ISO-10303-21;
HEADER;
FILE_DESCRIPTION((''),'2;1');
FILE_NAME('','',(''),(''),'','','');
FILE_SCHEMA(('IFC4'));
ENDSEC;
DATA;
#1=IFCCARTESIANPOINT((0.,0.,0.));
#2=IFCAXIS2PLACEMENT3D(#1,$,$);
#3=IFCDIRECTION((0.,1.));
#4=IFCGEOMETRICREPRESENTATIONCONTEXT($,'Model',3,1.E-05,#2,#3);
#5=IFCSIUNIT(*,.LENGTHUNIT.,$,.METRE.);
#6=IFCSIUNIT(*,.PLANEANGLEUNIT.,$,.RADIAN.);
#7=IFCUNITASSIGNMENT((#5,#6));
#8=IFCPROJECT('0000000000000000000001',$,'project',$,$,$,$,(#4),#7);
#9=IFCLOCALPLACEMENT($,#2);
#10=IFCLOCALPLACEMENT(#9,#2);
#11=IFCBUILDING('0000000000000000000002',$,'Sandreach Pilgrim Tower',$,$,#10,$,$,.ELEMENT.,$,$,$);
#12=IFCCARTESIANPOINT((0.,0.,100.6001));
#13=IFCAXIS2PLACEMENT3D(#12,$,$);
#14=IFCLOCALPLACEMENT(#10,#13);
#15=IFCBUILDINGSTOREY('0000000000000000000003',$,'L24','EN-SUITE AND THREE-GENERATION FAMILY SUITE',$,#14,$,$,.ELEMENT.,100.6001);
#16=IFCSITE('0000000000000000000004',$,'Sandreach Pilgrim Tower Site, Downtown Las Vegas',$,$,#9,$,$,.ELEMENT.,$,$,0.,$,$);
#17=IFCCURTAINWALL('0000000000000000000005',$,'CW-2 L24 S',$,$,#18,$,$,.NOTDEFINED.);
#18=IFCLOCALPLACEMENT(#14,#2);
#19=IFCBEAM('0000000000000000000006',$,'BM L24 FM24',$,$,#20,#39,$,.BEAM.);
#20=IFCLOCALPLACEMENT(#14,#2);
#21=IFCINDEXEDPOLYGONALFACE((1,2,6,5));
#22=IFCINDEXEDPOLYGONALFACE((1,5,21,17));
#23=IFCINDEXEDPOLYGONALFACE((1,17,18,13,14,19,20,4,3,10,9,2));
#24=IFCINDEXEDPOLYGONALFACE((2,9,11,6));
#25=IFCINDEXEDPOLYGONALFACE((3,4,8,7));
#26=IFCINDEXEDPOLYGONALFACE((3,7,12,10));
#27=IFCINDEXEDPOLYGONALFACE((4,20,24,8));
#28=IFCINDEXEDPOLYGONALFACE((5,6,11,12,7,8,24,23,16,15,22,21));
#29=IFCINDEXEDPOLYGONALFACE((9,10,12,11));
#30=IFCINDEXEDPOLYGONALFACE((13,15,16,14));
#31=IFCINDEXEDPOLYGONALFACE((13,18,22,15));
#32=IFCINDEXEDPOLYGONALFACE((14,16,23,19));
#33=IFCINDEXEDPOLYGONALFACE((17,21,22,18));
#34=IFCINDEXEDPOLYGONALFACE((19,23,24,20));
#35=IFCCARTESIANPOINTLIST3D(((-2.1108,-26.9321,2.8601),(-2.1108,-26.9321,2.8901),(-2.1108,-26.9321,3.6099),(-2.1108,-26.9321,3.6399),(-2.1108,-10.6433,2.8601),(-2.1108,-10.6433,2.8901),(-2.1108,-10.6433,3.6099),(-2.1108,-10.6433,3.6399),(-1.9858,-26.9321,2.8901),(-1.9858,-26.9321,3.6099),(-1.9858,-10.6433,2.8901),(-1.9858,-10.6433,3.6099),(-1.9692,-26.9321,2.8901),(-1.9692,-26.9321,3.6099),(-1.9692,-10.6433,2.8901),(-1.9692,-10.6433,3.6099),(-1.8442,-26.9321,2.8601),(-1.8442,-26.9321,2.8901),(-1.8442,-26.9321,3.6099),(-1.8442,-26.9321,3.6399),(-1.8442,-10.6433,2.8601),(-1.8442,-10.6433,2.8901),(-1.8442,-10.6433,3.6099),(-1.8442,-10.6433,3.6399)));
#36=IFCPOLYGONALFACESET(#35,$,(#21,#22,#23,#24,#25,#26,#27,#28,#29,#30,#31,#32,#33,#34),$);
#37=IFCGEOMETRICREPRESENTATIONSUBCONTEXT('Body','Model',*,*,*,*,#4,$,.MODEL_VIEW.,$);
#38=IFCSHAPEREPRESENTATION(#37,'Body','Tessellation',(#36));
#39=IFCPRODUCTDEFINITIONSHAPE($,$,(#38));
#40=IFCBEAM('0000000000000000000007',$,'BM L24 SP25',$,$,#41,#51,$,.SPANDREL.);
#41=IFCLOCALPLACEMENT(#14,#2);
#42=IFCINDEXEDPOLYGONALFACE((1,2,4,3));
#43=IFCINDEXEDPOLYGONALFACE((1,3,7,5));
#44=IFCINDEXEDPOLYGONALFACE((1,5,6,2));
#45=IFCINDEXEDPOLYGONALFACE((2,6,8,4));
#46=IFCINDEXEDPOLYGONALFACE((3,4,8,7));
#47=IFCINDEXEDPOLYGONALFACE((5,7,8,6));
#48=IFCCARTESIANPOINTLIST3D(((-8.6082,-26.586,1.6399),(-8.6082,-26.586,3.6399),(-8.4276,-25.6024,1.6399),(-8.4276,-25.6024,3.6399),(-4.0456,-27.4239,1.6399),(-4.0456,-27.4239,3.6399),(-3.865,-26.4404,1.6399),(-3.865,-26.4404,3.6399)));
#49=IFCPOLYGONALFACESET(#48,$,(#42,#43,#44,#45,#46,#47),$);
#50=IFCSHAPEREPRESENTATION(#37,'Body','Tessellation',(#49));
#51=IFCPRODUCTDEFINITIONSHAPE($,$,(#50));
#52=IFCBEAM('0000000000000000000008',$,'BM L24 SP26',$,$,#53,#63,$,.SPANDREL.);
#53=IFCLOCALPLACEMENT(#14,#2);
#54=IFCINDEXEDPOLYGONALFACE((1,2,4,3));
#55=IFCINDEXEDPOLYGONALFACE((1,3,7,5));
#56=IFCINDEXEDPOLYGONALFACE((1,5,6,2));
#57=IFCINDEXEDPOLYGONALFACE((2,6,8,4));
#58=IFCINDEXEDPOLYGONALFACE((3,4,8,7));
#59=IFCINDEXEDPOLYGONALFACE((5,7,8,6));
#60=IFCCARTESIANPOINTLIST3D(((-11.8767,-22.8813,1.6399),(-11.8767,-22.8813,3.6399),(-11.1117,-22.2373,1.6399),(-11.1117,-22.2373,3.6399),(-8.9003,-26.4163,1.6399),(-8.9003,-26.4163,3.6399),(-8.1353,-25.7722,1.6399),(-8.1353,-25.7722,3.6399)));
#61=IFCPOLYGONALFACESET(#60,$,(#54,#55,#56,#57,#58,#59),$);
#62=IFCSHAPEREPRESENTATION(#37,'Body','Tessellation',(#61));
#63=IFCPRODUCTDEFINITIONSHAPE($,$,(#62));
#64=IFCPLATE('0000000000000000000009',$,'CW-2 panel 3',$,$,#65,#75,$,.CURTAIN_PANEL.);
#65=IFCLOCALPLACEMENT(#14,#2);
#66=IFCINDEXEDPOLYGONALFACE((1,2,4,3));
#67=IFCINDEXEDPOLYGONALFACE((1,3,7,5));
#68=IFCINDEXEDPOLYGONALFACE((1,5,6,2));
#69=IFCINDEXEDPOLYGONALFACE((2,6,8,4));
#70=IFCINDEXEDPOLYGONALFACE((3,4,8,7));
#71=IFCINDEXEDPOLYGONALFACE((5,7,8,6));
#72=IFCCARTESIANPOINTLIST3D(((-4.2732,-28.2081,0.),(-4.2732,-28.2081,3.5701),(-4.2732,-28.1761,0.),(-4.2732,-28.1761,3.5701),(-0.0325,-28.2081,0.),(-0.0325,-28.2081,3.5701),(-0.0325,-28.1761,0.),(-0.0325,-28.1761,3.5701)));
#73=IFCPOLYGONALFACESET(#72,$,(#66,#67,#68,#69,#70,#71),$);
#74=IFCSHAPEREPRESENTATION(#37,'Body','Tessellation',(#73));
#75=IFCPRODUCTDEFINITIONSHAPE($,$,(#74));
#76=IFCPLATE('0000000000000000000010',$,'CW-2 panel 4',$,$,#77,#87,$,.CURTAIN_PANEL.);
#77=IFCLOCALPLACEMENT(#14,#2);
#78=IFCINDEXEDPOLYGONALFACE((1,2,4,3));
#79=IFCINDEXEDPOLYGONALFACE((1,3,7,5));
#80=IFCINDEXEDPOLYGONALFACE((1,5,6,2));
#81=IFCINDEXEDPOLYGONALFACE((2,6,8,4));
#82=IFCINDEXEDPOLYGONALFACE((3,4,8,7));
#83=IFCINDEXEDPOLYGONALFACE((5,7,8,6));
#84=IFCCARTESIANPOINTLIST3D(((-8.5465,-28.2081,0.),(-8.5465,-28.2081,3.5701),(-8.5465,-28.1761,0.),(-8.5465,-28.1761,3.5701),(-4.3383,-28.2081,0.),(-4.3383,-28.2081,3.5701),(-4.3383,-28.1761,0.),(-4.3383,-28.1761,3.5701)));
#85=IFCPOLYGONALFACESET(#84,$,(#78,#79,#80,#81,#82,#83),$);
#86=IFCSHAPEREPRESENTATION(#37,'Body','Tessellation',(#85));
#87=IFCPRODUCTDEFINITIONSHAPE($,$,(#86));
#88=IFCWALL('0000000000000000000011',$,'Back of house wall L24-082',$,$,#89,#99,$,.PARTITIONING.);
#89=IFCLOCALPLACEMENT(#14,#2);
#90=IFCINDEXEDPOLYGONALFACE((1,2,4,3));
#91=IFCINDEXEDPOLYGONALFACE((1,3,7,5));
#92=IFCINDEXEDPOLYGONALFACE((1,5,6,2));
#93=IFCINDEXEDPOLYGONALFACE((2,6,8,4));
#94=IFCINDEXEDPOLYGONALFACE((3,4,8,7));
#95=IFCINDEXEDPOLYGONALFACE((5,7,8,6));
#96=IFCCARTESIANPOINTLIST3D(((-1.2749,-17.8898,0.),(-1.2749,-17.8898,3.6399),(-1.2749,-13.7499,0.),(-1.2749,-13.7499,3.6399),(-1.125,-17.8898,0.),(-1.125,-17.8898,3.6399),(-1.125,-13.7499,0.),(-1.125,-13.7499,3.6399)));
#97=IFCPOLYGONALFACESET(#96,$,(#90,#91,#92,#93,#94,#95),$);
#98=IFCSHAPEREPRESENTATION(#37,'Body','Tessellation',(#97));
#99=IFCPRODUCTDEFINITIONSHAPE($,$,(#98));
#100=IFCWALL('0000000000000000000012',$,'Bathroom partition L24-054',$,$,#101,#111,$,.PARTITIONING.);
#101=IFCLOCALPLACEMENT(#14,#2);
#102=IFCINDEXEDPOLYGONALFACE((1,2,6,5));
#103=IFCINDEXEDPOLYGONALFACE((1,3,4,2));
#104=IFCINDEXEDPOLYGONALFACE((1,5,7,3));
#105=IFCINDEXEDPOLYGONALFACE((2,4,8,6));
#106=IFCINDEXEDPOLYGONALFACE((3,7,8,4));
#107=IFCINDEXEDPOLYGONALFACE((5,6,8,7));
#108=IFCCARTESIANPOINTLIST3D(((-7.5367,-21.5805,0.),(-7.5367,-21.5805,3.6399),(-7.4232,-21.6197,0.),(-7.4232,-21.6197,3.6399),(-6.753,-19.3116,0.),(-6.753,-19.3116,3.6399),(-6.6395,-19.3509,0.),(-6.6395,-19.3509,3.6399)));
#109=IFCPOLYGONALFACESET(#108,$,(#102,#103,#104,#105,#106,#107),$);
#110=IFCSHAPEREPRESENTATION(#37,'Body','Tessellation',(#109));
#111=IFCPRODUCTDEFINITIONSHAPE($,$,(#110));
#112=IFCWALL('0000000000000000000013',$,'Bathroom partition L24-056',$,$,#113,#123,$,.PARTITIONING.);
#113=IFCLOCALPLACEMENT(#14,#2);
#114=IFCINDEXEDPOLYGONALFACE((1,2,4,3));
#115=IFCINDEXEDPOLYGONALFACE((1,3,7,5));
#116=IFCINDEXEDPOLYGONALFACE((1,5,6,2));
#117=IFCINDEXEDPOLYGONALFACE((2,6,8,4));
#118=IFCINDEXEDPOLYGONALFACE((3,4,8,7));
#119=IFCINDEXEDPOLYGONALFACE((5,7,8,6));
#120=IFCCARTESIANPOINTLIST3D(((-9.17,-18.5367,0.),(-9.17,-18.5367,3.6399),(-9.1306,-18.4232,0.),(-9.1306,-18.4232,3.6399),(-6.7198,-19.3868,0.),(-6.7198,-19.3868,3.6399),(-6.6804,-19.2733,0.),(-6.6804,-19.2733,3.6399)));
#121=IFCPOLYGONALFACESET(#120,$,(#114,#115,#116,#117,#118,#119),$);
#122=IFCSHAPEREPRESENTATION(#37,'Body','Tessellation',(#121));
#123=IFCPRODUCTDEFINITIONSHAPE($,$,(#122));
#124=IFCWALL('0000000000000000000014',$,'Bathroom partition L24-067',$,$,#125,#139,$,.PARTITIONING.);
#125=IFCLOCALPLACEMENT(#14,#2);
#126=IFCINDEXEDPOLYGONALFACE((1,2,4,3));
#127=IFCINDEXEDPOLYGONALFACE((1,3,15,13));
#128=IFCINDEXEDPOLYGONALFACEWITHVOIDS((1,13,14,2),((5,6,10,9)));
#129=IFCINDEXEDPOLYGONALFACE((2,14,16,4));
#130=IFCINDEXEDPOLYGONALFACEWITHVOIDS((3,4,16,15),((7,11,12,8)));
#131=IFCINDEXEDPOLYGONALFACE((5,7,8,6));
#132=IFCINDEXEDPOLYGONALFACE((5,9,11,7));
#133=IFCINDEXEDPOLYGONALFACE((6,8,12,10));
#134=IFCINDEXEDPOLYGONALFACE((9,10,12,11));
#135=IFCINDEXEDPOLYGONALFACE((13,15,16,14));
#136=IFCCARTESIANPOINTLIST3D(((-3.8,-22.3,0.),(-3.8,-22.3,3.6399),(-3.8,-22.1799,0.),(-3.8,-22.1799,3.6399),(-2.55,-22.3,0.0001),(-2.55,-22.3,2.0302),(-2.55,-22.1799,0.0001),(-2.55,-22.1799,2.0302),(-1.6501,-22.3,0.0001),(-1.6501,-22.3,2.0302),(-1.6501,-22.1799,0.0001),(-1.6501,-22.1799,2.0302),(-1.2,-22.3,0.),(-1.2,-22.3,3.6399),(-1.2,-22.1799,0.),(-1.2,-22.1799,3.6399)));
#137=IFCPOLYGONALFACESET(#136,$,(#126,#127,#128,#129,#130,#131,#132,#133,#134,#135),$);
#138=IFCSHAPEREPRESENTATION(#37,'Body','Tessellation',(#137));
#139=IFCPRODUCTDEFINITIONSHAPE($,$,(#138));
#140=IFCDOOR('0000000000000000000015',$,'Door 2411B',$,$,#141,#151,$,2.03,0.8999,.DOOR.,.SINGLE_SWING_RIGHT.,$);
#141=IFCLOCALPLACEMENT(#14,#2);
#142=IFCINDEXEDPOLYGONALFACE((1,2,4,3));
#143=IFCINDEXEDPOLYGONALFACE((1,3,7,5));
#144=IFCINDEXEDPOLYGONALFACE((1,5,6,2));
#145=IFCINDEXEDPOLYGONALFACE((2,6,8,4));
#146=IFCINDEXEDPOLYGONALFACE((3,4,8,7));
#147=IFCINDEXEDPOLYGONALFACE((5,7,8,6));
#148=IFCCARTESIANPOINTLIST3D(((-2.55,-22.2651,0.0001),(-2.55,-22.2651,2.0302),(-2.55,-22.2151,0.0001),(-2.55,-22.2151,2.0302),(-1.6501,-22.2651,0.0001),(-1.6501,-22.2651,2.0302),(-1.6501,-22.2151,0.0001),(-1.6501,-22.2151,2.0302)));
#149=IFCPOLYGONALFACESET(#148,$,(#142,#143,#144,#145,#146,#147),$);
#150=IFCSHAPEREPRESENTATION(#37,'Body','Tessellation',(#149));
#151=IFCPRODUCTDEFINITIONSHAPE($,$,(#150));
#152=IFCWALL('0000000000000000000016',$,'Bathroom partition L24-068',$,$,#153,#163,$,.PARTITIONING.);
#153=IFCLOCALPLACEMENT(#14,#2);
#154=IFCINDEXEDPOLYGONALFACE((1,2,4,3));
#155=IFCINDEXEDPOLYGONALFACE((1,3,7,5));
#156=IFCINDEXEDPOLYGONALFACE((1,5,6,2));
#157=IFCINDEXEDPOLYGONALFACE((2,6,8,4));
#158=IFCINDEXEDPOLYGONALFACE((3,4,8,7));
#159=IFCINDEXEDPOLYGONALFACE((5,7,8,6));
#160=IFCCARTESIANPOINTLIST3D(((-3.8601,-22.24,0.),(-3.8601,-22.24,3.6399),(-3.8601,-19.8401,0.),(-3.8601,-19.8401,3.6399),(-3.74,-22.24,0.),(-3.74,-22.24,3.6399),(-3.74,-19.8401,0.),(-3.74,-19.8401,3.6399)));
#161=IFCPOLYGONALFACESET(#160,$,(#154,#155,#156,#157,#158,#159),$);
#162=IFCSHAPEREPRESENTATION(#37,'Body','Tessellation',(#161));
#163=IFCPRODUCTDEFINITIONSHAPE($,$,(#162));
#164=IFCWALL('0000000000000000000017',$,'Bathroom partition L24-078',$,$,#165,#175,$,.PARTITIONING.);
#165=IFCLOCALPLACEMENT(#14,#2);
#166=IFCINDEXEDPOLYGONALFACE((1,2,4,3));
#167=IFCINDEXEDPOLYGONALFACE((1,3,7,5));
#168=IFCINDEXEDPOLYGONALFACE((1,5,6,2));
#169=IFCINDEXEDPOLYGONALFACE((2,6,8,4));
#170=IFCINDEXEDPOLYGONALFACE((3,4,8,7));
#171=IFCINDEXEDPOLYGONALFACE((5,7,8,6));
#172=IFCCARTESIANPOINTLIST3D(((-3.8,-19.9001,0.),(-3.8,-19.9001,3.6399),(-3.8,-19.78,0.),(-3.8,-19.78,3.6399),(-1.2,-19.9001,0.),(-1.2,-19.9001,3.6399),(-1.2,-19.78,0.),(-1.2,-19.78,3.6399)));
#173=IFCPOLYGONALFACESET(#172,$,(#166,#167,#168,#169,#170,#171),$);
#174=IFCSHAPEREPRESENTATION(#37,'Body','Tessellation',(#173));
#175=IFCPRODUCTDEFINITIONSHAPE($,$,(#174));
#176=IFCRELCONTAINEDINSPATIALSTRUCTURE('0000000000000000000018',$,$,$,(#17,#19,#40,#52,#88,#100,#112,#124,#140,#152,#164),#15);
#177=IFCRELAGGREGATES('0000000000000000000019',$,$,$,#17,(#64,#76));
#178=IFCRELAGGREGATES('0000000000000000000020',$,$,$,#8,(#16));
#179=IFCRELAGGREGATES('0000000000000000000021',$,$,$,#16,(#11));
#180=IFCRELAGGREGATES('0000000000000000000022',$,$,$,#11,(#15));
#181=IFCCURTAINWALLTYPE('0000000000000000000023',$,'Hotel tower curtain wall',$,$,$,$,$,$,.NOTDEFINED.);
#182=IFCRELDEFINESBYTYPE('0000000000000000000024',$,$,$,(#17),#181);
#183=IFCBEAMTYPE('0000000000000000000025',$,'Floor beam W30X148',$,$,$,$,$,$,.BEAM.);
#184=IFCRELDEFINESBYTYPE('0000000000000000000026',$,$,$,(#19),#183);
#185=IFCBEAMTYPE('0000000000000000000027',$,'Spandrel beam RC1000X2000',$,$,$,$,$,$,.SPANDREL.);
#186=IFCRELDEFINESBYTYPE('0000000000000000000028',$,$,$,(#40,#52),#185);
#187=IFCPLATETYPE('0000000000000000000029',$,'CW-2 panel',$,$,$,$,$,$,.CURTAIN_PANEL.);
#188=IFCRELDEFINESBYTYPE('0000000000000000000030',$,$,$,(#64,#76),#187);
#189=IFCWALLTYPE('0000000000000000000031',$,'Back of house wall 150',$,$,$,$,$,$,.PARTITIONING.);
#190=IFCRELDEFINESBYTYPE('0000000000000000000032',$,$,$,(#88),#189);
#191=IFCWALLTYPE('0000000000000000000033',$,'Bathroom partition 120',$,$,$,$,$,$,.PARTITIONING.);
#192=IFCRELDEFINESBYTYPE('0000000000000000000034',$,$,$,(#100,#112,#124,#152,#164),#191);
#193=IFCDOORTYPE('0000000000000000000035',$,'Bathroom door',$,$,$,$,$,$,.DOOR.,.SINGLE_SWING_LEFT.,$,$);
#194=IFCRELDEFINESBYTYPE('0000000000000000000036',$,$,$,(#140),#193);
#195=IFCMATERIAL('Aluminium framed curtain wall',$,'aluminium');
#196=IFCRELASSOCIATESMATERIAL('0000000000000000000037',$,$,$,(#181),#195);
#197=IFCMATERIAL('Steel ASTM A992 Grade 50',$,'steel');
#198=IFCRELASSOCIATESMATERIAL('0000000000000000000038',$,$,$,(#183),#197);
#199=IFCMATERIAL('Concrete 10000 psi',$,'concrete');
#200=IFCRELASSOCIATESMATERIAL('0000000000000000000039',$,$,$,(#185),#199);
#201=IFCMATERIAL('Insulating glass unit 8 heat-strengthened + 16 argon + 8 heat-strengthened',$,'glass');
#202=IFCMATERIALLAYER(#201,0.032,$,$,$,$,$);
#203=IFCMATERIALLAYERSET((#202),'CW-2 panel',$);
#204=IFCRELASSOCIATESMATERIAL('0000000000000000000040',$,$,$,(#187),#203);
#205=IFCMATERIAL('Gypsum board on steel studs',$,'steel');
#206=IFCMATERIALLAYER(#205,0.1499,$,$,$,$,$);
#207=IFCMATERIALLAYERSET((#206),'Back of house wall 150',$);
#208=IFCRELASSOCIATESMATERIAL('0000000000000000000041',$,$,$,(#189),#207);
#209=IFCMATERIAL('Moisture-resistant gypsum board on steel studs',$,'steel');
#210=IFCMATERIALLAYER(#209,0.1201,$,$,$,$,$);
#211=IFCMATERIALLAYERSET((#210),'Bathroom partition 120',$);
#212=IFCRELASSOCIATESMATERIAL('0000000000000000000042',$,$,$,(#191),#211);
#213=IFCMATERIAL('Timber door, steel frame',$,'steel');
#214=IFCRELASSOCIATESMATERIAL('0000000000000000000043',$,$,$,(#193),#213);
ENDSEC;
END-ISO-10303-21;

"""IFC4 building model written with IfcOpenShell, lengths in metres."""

from ifc_helpers import new_model, si_unit, direction, frame, frame_2d, origin, origin_2d, place, context, subcontext, project, spatial, rectangle, i_section, extrude, material, layer, layer_set, material_profile, profile_set, type_object, element, fill, aggregate, save


model = new_model("IFC4")

# Units and contexts
model_context = context("Model", 3, precision=1e-05, world=origin(), true_north=direction((0.0, 1.0)))
body_context = subcontext(model_context, "Body", "Model", "MODEL_VIEW")
ifc_project = project(units=[si_unit("LENGTHUNIT", "METRE"), si_unit("PLANEANGLEUNIT", "RADIAN")], contexts=[model_context])

# Site, building, storey
site_placement = place(None, origin())
site = spatial("IfcSite", under=ifc_project, at=site_placement, Name="Sandreach Pilgrim Tower Site, Downtown Las Vegas", CompositionType="ELEMENT", RefElevation=0.0)
building_placement = place(site_placement, origin())
building = spatial("IfcBuilding", under=site, at=building_placement, Name="Sandreach Pilgrim Tower", CompositionType="ELEMENT")
storey_placement = place(building_placement, frame((0.0, 0.0, 100.6001)))
storey = spatial("IfcBuildingStorey", under=building, at=storey_placement, Name="L24", Description="EN-SUITE AND THREE-GENERATION FAMILY SUITE", CompositionType="ELEMENT", Elevation=100.6001)

# Curtain wall
ifc_material_1 = material(Name="Aluminium framed curtain wall", Category="aluminium")
curtain_wall_type = type_object("IfcCurtainWallType", Name="Hotel tower curtain wall", PredefinedType="NOTDEFINED", material=ifc_material_1)
curtain_wall_placement = place(storey_placement, origin())
curtain_wall = element("IfcCurtainWall", 1, at=curtain_wall_placement, inside=storey, type_object=curtain_wall_type, Name="CW-2 L24 S", PredefinedType="NOTDEFINED")

# Beams
ifc_material_2 = material(Name="Steel ASTM A992 Grade 50", Category="steel")
ifc_material_profile_1 = material_profile(ifc_material_2, i_section(OverallWidth=0.2666, OverallDepth=0.7798, WebThickness=0.0166, FlangeThickness=0.03, at=origin_2d()), Name="W30X148")
ifc_profile_set_1 = profile_set([ifc_material_profile_1], Name="Steel ASTM A992 Grade 50")
beam_type_1 = type_object("IfcBeamType", Name="Floor beam W30X148", PredefinedType="BEAM", material=ifc_profile_set_1)
beam_1_placement = place(storey_placement, frame((-1.9775, -26.9321, 3.25), z_axis=(0.0, 1.0, 0.0), x_axis=(-1.0, 0.0, 0.0)))
element("IfcBeam", 2, at=beam_1_placement, inside=storey, type_object=beam_type_1, Name="BM L24 FM24", PredefinedType="BEAM", context=body_context, shape_type="SweptSolid", body=[
    extrude(i_section(OverallWidth=0.2666, OverallDepth=0.7798, WebThickness=0.0166, FlangeThickness=0.03, at=origin_2d()), origin(), (0.0, 0.0, 1.0), 16.2888),
])
ifc_material_3 = material(Name="Concrete 10000 psi", Category="concrete")
ifc_material_profile_2 = material_profile(ifc_material_3, rectangle(XDim=1.0, YDim=2.0, at=origin_2d()), Name="RC1000X2000")
ifc_profile_set_2 = profile_set([ifc_material_profile_2], Name="Concrete 10000 psi")
beam_type_2 = type_object("IfcBeamType", Name="Spandrel beam RC1000X2000", PredefinedType="SPANDREL", material=ifc_profile_set_2)
beam_2_placement = place(storey_placement, frame((-3.9553, -26.9321, 2.6399), z_axis=(-0.983552, 0.180627, 0.0), x_axis=(-0.180627, -0.983552, 0.0)))
element("IfcBeam", 3, at=beam_2_placement, inside=storey, type_object=beam_type_2, Name="BM L24 SP25", PredefinedType="SPANDREL", context=body_context, shape_type="SweptSolid", body=[
    extrude(rectangle(XDim=1.0, YDim=2.0, at=origin_2d()), origin(), (0.0, 0.0, 1.0), 4.6389),
])
beam_3_placement = place(storey_placement, frame((-8.5178, -26.0942, 2.6399), z_axis=(-0.644079, 0.764959, 0.0), x_axis=(-0.764959, -0.644079, 0.0)))
element("IfcBeam", 4, at=beam_3_placement, inside=storey, type_object=beam_type_2, Name="BM L24 SP26", PredefinedType="SPANDREL", context=body_context, shape_type="SweptSolid", body=[
    extrude(rectangle(XDim=1.0, YDim=2.0, at=origin_2d()), origin(), (0.0, 0.0, 1.0), 4.6211),
])

# Plates
ifc_material_4 = material(Name="Insulating glass unit 8 heat-strengthened + 16 argon + 8 heat-strengthened", Category="glass")
ifc_layer_1 = layer(ifc_material_4, 0.032)
ifc_layer_set_1 = layer_set([ifc_layer_1], Name="CW-2 panel")
plate_type = type_object("IfcPlateType", Name="CW-2 panel", PredefinedType="CURTAIN_PANEL", material=ifc_layer_set_1)
plate_1_placement = place(storey_placement, frame((-2.1528, -28.1921, 0.0), z_axis=(0.0, 0.0, 1.0), x_axis=(-1.0, 0.0, 0.0)))
plate_1 = element("IfcPlate", 5, at=plate_1_placement, type_object=plate_type, Name="CW-2 panel 3", PredefinedType="CURTAIN_PANEL", context=body_context, shape_type="SweptSolid", body=[
    extrude(rectangle(XDim=4.2407, YDim=0.032, at=origin_2d()), origin(), (0.0, 0.0, 1.0), 3.5701),
])
plate_2_placement = place(storey_placement, frame((-6.4424, -28.1921, 0.0), z_axis=(0.0, 0.0, 1.0), x_axis=(-1.0, 0.0, 0.0)))
plate_2 = element("IfcPlate", 6, at=plate_2_placement, type_object=plate_type, Name="CW-2 panel 4", PredefinedType="CURTAIN_PANEL", context=body_context, shape_type="SweptSolid", body=[
    extrude(rectangle(XDim=4.2083, YDim=0.032, at=origin_2d()), origin(), (0.0, 0.0, 1.0), 3.5701),
])
aggregate(curtain_wall, [plate_1, plate_2])

# Walls
ifc_material_5 = material(Name="Gypsum board on steel studs", Category="steel")
ifc_layer_2 = layer(ifc_material_5, 0.1499)
ifc_layer_set_2 = layer_set([ifc_layer_2], Name="Back of house wall 150")
wall_type_1 = type_object("IfcWallType", Name="Back of house wall 150", PredefinedType="PARTITIONING", material=ifc_layer_set_2)
wall_1_placement = place(storey_placement, frame((-1.2, -13.75, 0.0), z_axis=(0.0, 0.0, 1.0), x_axis=(0.0, -1.0, 0.0)))
element("IfcWall", 7, at=wall_1_placement, inside=storey, type_object=wall_type_1, Name="Back of house wall L24-082", PredefinedType="PARTITIONING", context=body_context, shape_type="SweptSolid", body=[
    extrude(rectangle(XDim=4.1399, YDim=0.1499, at=frame_2d((2.0698, 0.0))), origin(), (0.0, 0.0, 1.0), 3.6399),
])
ifc_material_6 = material(Name="Moisture-resistant gypsum board on steel studs", Category="steel")
ifc_layer_3 = layer(ifc_material_6, 0.1201)
ifc_layer_set_3 = layer_set([ifc_layer_3], Name="Bathroom partition 120")
wall_type_2 = type_object("IfcWallType", Name="Bathroom partition 120", PredefinedType="PARTITIONING", material=ifc_layer_set_3)
wall_2_placement = place(storey_placement, frame((-7.48, -21.6001, 0.0), z_axis=(0.0, 0.0, 1.0), x_axis=(0.326492, 0.9452, 0.0)))
element("IfcWall", 8, at=wall_2_placement, inside=storey, type_object=wall_type_2, Name="Bathroom partition L24-054", PredefinedType="PARTITIONING", context=body_context, shape_type="SweptSolid", body=[
    extrude(rectangle(XDim=2.4004, YDim=0.1201, at=frame_2d((1.2002, 0.0))), origin(), (0.0, 0.0, 1.0), 3.6399),
])
wall_3_placement = place(storey_placement, frame((-6.7, -19.3301, 0.0), z_axis=(0.0, 0.0, 1.0), x_axis=(-0.944753, 0.327783, 0.0)))
element("IfcWall", 9, at=wall_3_placement, inside=storey, type_object=wall_type_2, Name="Bathroom partition L24-056", PredefinedType="PARTITIONING", context=body_context, shape_type="SweptSolid", body=[
    extrude(rectangle(XDim=2.5935, YDim=0.1201, at=frame_2d((1.2969, 0.0))), origin(), (0.0, 0.0, 1.0), 3.6399),
])

# Wall, opening, door
wall_4_placement = place(storey_placement, frame((-3.8, -22.24, 0.0), z_axis=(0.0, 0.0, 1.0), x_axis=(1.0, 0.0, 0.0)))
wall_4 = element("IfcWall", 10, at=wall_4_placement, inside=storey, type_object=wall_type_2, Name="Bathroom partition L24-067", PredefinedType="PARTITIONING", context=body_context, shape_type="SweptSolid", body=[
    extrude(rectangle(XDim=2.6001, YDim=0.1201, at=frame_2d((1.3, 0.0))), origin(), (0.0, 0.0, 1.0), 3.6399),
])
opening_1_placement = place(wall_4_placement, frame((1.25, 0.0, 0.0)))
opening_1 = element("IfcOpeningElement", 11, at=opening_1_placement, cuts=wall_4, PredefinedType="OPENING", context=body_context, shape_type="SweptSolid", body=[
    extrude(rectangle(XDim=0.8999, YDim=2.03, at=frame_2d((0.45, 1.0151))), frame((0.0, 0.0601, 0.0), z_axis=(0.0, -1.0, 0.0), x_axis=(1.0, 0.0, 0.0)), (0.0, 0.0, 1.0), 0.1201),
])
ifc_material_7 = material(Name="Timber door, steel frame", Category="steel")
door_type_1 = type_object("IfcDoorType", Name="Bathroom door", OperationType="SINGLE_SWING_LEFT", PredefinedType="DOOR", material=ifc_material_7)
door_1_placement = place(opening_1_placement, origin())
door_1 = element("IfcDoor", 12, at=door_1_placement, inside=storey, type_object=door_type_1, Name="Door 2411B", OperationType="SINGLE_SWING_RIGHT", OverallHeight=2.03, OverallWidth=0.8999, PredefinedType="DOOR", context=body_context, shape_type="SweptSolid", body=[
    extrude(rectangle(XDim=0.8999, YDim=2.03, at=frame_2d((0.45, 1.0151))), frame((0.0, 0.0249, 0.0), z_axis=(0.0, -1.0, 0.0), x_axis=(1.0, 0.0, 0.0)), (0.0, 0.0, 1.0), 0.05),
])
fill(opening_1, door_1)

# Walls
wall_5_placement = place(storey_placement, frame((-3.8, -19.8401, 0.0), z_axis=(0.0, 0.0, 1.0), x_axis=(0.0, -1.0, 0.0)))
element("IfcWall", 13, at=wall_5_placement, inside=storey, type_object=wall_type_2, Name="Bathroom partition L24-068", PredefinedType="PARTITIONING", context=body_context, shape_type="SweptSolid", body=[
    extrude(rectangle(XDim=2.3999, YDim=0.1201, at=frame_2d((1.2, 0.0))), origin(), (0.0, 0.0, 1.0), 3.6399),
])
wall_6_placement = place(storey_placement, frame((-1.2, -19.8401, 0.0), z_axis=(0.0, 0.0, 1.0), x_axis=(-1.0, 0.0, 0.0)))
element("IfcWall", 14, at=wall_6_placement, inside=storey, type_object=wall_type_2, Name="Bathroom partition L24-078", PredefinedType="PARTITIONING", context=body_context, shape_type="SweptSolid", body=[
    extrude(rectangle(XDim=2.6001, YDim=0.1201, at=frame_2d((1.3, 0.0))), origin(), (0.0, 0.0, 1.0), 3.6399),
])

save(model, "model.ifc")
